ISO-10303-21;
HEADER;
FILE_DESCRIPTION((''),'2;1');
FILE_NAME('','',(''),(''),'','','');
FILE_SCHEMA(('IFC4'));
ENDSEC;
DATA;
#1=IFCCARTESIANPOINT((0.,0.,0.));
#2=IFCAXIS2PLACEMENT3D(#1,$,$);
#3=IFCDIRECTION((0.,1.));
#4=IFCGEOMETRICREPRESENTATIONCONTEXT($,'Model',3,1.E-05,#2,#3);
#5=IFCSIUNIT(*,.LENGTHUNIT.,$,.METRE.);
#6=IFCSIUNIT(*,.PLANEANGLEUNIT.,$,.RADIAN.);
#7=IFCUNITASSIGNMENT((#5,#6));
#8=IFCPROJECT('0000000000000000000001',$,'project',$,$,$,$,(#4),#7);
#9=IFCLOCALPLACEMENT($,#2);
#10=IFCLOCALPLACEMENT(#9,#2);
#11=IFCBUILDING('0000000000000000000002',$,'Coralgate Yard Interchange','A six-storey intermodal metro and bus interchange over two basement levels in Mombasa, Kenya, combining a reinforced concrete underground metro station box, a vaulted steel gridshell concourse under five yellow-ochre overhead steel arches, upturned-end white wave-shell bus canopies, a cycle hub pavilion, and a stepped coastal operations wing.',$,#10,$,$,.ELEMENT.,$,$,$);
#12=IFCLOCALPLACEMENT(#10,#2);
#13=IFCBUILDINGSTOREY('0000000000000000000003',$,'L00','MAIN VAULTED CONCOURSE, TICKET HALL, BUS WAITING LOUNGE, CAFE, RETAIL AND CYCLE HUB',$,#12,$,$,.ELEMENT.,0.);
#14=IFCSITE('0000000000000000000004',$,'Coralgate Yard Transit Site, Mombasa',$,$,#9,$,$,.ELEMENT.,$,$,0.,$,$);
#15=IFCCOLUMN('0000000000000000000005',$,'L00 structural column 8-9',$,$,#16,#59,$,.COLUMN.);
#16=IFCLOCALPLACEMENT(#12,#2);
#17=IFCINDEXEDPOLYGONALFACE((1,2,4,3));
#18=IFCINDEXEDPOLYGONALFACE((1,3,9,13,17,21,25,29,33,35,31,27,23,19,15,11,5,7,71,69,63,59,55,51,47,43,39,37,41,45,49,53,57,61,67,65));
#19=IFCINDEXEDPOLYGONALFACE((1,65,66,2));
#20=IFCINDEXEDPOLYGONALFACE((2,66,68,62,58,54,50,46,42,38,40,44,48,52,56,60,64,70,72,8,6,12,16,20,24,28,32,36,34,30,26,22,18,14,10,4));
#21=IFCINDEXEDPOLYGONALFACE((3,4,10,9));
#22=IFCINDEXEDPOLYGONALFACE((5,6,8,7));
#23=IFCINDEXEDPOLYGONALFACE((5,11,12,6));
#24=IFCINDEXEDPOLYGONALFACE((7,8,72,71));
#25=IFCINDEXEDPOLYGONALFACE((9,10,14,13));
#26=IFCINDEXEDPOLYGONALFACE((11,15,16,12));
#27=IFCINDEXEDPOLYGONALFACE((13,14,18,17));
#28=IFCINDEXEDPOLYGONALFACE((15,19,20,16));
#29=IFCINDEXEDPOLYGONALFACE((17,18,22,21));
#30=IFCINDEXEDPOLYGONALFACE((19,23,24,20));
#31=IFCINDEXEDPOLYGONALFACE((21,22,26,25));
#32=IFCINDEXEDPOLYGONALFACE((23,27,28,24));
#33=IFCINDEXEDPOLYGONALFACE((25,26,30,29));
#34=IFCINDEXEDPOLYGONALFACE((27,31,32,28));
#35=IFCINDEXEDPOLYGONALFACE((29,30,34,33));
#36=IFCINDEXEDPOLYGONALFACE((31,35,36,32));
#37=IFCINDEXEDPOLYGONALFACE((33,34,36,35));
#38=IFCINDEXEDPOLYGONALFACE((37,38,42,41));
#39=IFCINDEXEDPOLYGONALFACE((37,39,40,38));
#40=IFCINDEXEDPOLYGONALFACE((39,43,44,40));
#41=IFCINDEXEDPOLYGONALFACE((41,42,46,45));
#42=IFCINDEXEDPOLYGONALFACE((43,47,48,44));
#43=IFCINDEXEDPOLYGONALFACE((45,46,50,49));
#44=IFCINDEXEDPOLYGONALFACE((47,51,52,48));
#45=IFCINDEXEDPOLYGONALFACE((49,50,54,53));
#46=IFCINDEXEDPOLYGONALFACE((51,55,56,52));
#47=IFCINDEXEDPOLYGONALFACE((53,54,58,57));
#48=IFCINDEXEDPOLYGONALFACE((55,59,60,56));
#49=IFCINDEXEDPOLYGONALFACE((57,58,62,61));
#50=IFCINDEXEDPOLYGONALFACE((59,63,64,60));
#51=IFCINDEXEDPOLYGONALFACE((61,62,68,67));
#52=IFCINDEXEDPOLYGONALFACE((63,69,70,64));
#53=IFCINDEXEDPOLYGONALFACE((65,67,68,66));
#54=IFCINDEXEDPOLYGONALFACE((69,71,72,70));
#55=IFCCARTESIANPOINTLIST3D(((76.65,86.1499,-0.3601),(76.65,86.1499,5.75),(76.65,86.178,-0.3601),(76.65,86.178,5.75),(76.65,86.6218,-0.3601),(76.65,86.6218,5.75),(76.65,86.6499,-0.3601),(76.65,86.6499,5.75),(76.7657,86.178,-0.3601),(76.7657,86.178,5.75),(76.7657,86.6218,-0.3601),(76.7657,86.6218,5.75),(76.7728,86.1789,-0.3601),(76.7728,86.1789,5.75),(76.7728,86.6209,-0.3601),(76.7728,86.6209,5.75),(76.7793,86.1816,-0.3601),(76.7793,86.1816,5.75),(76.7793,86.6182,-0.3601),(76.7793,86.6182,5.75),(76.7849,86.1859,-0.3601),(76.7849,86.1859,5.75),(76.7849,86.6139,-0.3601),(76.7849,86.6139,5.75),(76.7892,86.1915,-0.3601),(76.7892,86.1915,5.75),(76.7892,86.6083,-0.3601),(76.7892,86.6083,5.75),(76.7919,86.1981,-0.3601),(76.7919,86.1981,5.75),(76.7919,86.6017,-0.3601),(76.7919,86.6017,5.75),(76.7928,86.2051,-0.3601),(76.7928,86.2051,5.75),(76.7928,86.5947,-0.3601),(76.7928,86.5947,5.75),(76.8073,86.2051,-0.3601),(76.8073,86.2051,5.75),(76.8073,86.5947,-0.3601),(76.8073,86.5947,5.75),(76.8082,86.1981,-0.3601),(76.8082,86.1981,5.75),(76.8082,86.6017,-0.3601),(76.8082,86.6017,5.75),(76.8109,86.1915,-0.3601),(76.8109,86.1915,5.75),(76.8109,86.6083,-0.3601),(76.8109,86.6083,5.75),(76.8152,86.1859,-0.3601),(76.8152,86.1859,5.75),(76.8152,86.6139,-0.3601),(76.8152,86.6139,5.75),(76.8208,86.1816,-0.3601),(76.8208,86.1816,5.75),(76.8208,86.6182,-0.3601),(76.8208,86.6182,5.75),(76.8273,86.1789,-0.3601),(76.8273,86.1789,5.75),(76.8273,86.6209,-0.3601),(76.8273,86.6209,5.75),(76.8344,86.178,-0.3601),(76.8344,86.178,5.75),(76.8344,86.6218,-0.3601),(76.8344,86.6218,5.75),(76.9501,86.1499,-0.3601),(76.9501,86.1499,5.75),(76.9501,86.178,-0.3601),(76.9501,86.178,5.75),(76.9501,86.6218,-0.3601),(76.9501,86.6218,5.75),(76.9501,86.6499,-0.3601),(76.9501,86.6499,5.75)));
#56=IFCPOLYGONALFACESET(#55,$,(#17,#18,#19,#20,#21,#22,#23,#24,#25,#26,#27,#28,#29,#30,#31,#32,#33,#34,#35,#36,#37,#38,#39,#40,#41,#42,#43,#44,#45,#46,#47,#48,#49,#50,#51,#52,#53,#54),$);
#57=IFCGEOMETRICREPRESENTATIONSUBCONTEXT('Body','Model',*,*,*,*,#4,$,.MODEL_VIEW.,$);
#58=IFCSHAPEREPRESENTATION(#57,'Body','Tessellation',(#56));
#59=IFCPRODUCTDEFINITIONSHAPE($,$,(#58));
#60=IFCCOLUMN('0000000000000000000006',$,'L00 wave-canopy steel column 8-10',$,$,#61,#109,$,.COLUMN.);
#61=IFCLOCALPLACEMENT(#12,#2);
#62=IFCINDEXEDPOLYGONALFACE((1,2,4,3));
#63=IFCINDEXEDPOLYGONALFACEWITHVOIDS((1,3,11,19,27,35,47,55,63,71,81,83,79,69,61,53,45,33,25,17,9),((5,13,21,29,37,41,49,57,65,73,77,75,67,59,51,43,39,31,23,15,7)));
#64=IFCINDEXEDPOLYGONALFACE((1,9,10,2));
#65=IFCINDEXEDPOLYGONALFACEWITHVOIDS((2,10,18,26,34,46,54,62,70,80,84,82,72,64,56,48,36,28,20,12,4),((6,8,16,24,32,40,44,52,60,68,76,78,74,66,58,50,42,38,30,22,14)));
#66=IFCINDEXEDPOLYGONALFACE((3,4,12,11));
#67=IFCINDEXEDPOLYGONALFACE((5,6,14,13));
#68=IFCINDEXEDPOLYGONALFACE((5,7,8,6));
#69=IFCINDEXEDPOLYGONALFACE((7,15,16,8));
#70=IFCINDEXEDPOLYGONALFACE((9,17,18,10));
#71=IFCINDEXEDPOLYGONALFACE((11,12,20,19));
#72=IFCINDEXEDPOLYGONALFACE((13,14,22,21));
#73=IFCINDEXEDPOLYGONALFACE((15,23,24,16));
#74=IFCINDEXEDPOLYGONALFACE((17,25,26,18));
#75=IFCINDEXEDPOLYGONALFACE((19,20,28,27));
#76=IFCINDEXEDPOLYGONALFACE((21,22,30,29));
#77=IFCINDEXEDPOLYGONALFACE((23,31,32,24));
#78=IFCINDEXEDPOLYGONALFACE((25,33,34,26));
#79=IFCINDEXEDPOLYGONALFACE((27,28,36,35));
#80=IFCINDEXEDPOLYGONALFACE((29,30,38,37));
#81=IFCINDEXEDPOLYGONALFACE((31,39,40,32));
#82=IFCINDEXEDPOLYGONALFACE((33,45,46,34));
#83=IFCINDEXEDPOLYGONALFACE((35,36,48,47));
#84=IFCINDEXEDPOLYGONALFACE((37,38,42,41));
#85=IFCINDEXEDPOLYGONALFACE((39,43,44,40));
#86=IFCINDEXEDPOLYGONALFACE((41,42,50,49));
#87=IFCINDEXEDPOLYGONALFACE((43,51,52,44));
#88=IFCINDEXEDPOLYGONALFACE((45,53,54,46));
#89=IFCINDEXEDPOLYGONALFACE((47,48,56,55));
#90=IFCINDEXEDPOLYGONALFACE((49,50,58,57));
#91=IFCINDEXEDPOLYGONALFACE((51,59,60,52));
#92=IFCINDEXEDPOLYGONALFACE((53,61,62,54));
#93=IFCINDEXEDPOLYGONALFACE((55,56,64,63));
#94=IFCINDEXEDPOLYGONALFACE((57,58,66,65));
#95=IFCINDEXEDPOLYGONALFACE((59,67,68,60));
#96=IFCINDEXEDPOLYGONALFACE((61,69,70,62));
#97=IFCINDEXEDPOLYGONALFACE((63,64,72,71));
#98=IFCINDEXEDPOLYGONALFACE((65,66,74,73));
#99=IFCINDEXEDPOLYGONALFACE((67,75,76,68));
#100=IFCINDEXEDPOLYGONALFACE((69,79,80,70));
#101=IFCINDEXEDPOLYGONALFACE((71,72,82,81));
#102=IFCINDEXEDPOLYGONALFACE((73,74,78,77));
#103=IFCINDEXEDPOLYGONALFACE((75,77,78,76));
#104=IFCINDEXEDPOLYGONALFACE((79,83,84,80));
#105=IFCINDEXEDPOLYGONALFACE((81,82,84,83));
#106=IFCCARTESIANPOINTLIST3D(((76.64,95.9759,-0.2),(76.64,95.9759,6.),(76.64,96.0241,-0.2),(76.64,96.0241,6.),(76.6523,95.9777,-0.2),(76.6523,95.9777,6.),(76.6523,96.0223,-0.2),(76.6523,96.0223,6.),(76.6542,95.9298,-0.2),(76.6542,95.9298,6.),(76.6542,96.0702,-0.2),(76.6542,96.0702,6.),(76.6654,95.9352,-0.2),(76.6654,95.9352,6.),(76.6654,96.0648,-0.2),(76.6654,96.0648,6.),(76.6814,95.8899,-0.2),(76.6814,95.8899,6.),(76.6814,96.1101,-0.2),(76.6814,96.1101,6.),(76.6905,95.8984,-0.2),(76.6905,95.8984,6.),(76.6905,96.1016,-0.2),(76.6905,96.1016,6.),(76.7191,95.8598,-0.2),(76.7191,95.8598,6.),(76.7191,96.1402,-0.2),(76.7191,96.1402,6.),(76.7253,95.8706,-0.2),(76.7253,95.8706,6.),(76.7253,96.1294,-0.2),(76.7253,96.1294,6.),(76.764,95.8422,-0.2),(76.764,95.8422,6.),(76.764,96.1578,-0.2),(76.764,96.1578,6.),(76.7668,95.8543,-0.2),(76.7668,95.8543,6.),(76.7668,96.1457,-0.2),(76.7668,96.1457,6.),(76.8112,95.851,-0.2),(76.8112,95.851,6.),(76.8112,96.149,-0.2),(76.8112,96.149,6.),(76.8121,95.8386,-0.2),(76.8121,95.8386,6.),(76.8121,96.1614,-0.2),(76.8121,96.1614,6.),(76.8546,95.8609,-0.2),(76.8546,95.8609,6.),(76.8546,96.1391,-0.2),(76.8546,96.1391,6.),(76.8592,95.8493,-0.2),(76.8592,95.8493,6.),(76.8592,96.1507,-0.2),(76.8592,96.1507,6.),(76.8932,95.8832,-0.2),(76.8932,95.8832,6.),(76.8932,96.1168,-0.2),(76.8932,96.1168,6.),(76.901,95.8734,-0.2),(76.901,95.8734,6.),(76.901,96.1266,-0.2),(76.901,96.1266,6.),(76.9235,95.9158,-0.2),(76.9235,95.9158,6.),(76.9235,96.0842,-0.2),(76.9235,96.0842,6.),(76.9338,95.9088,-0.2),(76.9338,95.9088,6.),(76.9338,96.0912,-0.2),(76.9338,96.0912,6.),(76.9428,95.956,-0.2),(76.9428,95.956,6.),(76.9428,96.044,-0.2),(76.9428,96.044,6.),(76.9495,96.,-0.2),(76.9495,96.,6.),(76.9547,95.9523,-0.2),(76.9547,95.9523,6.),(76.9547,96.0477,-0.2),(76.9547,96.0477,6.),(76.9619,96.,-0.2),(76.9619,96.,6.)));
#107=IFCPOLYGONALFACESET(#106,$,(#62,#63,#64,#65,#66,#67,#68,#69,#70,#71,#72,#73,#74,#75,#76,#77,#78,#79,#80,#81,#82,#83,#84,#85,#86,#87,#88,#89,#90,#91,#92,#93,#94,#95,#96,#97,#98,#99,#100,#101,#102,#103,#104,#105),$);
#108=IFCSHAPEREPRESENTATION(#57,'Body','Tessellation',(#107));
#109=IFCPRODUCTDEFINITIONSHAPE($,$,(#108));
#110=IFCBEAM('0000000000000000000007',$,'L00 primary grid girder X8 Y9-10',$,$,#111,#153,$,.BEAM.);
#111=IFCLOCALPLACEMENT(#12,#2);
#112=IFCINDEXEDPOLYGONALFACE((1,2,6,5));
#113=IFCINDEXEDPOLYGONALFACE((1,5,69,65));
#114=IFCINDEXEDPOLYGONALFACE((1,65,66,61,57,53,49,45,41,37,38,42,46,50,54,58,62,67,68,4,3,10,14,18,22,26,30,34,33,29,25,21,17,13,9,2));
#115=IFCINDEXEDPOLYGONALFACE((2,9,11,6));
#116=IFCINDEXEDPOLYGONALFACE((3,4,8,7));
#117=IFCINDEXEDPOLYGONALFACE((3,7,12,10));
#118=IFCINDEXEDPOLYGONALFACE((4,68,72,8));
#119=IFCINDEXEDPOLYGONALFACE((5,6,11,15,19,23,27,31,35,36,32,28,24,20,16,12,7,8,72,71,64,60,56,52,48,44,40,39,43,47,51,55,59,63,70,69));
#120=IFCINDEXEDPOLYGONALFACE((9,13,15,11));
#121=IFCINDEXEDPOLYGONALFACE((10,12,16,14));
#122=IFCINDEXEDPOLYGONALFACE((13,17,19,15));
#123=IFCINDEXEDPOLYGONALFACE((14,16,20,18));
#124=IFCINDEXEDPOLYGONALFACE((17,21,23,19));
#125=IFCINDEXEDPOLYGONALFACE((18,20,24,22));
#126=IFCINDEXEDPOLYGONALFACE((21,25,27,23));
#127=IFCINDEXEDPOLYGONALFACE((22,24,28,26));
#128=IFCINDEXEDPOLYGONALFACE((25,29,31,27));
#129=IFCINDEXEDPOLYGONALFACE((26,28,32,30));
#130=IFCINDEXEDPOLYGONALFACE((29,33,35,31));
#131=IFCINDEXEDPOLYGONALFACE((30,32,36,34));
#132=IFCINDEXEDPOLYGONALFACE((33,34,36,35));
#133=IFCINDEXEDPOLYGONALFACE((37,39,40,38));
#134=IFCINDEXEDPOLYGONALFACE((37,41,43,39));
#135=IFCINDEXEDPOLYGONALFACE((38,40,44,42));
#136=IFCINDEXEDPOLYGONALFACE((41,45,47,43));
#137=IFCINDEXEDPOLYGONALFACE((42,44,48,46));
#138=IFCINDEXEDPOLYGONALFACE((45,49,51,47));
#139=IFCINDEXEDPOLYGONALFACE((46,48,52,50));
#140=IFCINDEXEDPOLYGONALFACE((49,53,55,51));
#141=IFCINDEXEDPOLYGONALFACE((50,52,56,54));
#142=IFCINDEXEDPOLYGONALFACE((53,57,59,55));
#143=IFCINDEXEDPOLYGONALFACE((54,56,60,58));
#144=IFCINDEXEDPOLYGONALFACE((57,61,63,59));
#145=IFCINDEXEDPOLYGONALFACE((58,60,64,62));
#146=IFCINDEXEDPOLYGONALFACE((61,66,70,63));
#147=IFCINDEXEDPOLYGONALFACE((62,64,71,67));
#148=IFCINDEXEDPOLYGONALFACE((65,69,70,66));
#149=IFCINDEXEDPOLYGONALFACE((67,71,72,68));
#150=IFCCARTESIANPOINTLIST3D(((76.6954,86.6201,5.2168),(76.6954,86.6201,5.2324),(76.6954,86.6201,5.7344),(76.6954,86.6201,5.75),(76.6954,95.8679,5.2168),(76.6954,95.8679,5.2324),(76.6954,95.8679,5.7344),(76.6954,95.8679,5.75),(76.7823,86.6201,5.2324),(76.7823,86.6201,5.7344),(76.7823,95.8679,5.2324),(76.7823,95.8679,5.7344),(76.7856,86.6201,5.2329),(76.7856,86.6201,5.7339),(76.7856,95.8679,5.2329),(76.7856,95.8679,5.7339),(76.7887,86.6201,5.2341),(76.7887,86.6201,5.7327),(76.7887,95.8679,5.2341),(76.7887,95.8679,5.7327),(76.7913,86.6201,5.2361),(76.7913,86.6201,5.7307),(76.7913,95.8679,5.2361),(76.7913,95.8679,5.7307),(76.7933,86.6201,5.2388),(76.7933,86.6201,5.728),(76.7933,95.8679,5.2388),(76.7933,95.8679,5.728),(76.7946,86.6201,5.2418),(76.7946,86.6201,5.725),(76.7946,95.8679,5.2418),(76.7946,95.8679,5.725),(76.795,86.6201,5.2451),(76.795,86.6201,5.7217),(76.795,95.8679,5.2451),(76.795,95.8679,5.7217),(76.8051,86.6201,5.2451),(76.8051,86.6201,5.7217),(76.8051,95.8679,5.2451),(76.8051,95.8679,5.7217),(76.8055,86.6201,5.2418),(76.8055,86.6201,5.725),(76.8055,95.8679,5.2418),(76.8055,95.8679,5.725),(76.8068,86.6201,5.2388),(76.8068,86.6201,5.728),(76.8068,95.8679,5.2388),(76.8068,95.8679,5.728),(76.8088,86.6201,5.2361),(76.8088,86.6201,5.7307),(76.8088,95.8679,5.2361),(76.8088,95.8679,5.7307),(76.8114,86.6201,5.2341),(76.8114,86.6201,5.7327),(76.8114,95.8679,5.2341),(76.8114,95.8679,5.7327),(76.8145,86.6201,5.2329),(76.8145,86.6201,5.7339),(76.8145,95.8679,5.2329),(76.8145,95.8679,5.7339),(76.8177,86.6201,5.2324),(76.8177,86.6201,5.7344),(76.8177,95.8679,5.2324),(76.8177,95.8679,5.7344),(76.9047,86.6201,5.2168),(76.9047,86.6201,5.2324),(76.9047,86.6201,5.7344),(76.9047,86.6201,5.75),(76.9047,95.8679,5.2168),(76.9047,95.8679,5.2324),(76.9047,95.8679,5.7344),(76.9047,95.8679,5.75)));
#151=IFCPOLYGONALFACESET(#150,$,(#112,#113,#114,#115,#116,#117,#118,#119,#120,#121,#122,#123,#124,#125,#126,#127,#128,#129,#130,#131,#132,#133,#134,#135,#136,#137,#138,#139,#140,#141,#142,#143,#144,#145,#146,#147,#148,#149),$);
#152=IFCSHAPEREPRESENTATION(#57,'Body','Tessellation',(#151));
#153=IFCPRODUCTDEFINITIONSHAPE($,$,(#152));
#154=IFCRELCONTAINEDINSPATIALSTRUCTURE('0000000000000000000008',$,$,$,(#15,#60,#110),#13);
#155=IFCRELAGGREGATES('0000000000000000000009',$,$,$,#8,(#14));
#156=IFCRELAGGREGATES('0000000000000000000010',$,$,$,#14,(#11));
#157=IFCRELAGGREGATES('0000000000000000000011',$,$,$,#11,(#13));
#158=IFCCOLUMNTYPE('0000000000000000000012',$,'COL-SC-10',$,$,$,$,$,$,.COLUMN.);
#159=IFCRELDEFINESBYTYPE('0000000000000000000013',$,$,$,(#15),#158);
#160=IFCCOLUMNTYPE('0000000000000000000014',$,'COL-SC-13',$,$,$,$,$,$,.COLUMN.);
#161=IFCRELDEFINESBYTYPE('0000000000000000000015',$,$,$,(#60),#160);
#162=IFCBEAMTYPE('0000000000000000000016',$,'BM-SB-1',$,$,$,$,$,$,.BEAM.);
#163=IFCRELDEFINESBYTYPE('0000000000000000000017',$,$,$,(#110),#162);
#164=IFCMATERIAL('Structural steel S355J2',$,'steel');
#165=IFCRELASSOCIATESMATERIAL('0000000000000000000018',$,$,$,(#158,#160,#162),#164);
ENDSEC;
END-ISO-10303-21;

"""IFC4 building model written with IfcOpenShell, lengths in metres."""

from ifc_helpers import new_model, si_unit, direction, frame, origin, origin_2d, place, context, subcontext, project, spatial, hollow_circle, i_section, extrude, material, material_profile, profile_set, type_object, element, save


model = new_model("IFC4")

# Units and contexts
model_context = context("Model", 3, precision=1e-05, world=origin(), true_north=direction((0.0, 1.0)))
body_context = subcontext(model_context, "Body", "Model", "MODEL_VIEW")
ifc_project = project(units=[si_unit("LENGTHUNIT", "METRE"), si_unit("PLANEANGLEUNIT", "RADIAN")], contexts=[model_context])

# Site, building, storey
site_placement = place(None, origin())
site = spatial("IfcSite", under=ifc_project, at=site_placement, Name="Coralgate Yard Transit Site, Mombasa", CompositionType="ELEMENT", RefElevation=0.0)
building_placement = place(site_placement, origin())
building = spatial("IfcBuilding", under=site, at=building_placement, Name="Coralgate Yard Interchange", Description="A six-storey intermodal metro and bus interchange over two basement levels in Mombasa, Kenya, combining a reinforced concrete underground metro station box, a vaulted steel gridshell concourse under five yellow-ochre overhead steel arches, upturned-end white wave-shell bus canopies, a cycle hub pavilion, and a stepped coastal operations wing.", CompositionType="ELEMENT")
storey_placement = place(building_placement, origin())
storey = spatial("IfcBuildingStorey", under=building, at=storey_placement, Name="L00", Description="MAIN VAULTED CONCOURSE, TICKET HALL, BUS WAITING LOUNGE, CAFE, RETAIL AND CYCLE HUB", CompositionType="ELEMENT", Elevation=0.0)

# Columns
ifc_material_1 = material(Name="Structural steel S355J2", Category="steel")
ifc_material_profile_1 = material_profile(ifc_material_1, i_section(OverallWidth=0.3, OverallDepth=0.5, WebThickness=0.0144, FlangeThickness=0.0281, FilletRadius=0.0271, at=origin_2d()), Name="HEB 500")
ifc_profile_set_1 = profile_set([ifc_material_profile_1], Name="Structural steel S355J2")
column_type_1 = type_object("IfcColumnType", Name="COL-SC-10", PredefinedType="COLUMN", material=ifc_profile_set_1)
column_1_placement = place(storey_placement, frame((76.8, 86.3999, -0.3601), z_axis=(0.0, 0.0, 1.0), x_axis=(1.0, 0.0, 0.0)))
element("IfcColumn", 1, at=column_1_placement, inside=storey, type_object=column_type_1, Name="L00 structural column 8-9", PredefinedType="COLUMN", context=body_context, shape_type="SweptSolid", body=[
    extrude(i_section(OverallWidth=0.3, OverallDepth=0.5, WebThickness=0.0144, FlangeThickness=0.0281, FilletRadius=0.0271, at=origin_2d()), origin(), (0.0, 0.0, 1.0), 6.1101),
])
ifc_material_profile_2 = material_profile(ifc_material_1, hollow_circle(Radius=0.1619, WallThickness=0.0125, at=origin_2d()), Name="CHS 323.9x12.5")
ifc_profile_set_2 = profile_set([ifc_material_profile_2], Name="Structural steel S355J2")
column_type_2 = type_object("IfcColumnType", Name="COL-SC-13", PredefinedType="COLUMN", material=ifc_profile_set_2)
column_2_placement = place(storey_placement, frame((76.8, 96.0, -0.2), z_axis=(0.0, 0.0, 1.0), x_axis=(1.0, 0.0, 0.0)))
element("IfcColumn", 2, at=column_2_placement, inside=storey, type_object=column_type_2, Name="L00 wave-canopy steel column 8-10", PredefinedType="COLUMN", context=body_context, shape_type="SweptSolid", body=[
    extrude(hollow_circle(Radius=0.1619, WallThickness=0.0125, at=origin_2d()), origin(), (0.0, 0.0, 1.0), 6.2),
])

# Beam
ifc_material_profile_3 = material_profile(ifc_material_1, i_section(OverallWidth=0.2092, OverallDepth=0.5332, WebThickness=0.01, FlangeThickness=0.0156, FilletRadius=0.0127, at=origin_2d()), Name="UB 533x210x92")
ifc_profile_set_3 = profile_set([ifc_material_profile_3], Name="Structural steel S355J2")
beam_type_1 = type_object("IfcBeamType", Name="BM-SB-1", PredefinedType="BEAM", material=ifc_profile_set_3)
beam_1_placement = place(storey_placement, frame((76.8, 86.6201, 5.4834), z_axis=(0.0, 1.0, 0.0), x_axis=(-1.0, 0.0, 0.0)))
element("IfcBeam", 3, at=beam_1_placement, inside=storey, type_object=beam_type_1, Name="L00 primary grid girder X8 Y9-10", PredefinedType="BEAM", context=body_context, shape_type="SweptSolid", body=[
    extrude(i_section(OverallWidth=0.2092, OverallDepth=0.5332, WebThickness=0.01, FlangeThickness=0.0156, FilletRadius=0.0127, at=origin_2d()), origin(), (0.0, 0.0, 1.0), 9.2478),
])

save(model, "model.ifc")
